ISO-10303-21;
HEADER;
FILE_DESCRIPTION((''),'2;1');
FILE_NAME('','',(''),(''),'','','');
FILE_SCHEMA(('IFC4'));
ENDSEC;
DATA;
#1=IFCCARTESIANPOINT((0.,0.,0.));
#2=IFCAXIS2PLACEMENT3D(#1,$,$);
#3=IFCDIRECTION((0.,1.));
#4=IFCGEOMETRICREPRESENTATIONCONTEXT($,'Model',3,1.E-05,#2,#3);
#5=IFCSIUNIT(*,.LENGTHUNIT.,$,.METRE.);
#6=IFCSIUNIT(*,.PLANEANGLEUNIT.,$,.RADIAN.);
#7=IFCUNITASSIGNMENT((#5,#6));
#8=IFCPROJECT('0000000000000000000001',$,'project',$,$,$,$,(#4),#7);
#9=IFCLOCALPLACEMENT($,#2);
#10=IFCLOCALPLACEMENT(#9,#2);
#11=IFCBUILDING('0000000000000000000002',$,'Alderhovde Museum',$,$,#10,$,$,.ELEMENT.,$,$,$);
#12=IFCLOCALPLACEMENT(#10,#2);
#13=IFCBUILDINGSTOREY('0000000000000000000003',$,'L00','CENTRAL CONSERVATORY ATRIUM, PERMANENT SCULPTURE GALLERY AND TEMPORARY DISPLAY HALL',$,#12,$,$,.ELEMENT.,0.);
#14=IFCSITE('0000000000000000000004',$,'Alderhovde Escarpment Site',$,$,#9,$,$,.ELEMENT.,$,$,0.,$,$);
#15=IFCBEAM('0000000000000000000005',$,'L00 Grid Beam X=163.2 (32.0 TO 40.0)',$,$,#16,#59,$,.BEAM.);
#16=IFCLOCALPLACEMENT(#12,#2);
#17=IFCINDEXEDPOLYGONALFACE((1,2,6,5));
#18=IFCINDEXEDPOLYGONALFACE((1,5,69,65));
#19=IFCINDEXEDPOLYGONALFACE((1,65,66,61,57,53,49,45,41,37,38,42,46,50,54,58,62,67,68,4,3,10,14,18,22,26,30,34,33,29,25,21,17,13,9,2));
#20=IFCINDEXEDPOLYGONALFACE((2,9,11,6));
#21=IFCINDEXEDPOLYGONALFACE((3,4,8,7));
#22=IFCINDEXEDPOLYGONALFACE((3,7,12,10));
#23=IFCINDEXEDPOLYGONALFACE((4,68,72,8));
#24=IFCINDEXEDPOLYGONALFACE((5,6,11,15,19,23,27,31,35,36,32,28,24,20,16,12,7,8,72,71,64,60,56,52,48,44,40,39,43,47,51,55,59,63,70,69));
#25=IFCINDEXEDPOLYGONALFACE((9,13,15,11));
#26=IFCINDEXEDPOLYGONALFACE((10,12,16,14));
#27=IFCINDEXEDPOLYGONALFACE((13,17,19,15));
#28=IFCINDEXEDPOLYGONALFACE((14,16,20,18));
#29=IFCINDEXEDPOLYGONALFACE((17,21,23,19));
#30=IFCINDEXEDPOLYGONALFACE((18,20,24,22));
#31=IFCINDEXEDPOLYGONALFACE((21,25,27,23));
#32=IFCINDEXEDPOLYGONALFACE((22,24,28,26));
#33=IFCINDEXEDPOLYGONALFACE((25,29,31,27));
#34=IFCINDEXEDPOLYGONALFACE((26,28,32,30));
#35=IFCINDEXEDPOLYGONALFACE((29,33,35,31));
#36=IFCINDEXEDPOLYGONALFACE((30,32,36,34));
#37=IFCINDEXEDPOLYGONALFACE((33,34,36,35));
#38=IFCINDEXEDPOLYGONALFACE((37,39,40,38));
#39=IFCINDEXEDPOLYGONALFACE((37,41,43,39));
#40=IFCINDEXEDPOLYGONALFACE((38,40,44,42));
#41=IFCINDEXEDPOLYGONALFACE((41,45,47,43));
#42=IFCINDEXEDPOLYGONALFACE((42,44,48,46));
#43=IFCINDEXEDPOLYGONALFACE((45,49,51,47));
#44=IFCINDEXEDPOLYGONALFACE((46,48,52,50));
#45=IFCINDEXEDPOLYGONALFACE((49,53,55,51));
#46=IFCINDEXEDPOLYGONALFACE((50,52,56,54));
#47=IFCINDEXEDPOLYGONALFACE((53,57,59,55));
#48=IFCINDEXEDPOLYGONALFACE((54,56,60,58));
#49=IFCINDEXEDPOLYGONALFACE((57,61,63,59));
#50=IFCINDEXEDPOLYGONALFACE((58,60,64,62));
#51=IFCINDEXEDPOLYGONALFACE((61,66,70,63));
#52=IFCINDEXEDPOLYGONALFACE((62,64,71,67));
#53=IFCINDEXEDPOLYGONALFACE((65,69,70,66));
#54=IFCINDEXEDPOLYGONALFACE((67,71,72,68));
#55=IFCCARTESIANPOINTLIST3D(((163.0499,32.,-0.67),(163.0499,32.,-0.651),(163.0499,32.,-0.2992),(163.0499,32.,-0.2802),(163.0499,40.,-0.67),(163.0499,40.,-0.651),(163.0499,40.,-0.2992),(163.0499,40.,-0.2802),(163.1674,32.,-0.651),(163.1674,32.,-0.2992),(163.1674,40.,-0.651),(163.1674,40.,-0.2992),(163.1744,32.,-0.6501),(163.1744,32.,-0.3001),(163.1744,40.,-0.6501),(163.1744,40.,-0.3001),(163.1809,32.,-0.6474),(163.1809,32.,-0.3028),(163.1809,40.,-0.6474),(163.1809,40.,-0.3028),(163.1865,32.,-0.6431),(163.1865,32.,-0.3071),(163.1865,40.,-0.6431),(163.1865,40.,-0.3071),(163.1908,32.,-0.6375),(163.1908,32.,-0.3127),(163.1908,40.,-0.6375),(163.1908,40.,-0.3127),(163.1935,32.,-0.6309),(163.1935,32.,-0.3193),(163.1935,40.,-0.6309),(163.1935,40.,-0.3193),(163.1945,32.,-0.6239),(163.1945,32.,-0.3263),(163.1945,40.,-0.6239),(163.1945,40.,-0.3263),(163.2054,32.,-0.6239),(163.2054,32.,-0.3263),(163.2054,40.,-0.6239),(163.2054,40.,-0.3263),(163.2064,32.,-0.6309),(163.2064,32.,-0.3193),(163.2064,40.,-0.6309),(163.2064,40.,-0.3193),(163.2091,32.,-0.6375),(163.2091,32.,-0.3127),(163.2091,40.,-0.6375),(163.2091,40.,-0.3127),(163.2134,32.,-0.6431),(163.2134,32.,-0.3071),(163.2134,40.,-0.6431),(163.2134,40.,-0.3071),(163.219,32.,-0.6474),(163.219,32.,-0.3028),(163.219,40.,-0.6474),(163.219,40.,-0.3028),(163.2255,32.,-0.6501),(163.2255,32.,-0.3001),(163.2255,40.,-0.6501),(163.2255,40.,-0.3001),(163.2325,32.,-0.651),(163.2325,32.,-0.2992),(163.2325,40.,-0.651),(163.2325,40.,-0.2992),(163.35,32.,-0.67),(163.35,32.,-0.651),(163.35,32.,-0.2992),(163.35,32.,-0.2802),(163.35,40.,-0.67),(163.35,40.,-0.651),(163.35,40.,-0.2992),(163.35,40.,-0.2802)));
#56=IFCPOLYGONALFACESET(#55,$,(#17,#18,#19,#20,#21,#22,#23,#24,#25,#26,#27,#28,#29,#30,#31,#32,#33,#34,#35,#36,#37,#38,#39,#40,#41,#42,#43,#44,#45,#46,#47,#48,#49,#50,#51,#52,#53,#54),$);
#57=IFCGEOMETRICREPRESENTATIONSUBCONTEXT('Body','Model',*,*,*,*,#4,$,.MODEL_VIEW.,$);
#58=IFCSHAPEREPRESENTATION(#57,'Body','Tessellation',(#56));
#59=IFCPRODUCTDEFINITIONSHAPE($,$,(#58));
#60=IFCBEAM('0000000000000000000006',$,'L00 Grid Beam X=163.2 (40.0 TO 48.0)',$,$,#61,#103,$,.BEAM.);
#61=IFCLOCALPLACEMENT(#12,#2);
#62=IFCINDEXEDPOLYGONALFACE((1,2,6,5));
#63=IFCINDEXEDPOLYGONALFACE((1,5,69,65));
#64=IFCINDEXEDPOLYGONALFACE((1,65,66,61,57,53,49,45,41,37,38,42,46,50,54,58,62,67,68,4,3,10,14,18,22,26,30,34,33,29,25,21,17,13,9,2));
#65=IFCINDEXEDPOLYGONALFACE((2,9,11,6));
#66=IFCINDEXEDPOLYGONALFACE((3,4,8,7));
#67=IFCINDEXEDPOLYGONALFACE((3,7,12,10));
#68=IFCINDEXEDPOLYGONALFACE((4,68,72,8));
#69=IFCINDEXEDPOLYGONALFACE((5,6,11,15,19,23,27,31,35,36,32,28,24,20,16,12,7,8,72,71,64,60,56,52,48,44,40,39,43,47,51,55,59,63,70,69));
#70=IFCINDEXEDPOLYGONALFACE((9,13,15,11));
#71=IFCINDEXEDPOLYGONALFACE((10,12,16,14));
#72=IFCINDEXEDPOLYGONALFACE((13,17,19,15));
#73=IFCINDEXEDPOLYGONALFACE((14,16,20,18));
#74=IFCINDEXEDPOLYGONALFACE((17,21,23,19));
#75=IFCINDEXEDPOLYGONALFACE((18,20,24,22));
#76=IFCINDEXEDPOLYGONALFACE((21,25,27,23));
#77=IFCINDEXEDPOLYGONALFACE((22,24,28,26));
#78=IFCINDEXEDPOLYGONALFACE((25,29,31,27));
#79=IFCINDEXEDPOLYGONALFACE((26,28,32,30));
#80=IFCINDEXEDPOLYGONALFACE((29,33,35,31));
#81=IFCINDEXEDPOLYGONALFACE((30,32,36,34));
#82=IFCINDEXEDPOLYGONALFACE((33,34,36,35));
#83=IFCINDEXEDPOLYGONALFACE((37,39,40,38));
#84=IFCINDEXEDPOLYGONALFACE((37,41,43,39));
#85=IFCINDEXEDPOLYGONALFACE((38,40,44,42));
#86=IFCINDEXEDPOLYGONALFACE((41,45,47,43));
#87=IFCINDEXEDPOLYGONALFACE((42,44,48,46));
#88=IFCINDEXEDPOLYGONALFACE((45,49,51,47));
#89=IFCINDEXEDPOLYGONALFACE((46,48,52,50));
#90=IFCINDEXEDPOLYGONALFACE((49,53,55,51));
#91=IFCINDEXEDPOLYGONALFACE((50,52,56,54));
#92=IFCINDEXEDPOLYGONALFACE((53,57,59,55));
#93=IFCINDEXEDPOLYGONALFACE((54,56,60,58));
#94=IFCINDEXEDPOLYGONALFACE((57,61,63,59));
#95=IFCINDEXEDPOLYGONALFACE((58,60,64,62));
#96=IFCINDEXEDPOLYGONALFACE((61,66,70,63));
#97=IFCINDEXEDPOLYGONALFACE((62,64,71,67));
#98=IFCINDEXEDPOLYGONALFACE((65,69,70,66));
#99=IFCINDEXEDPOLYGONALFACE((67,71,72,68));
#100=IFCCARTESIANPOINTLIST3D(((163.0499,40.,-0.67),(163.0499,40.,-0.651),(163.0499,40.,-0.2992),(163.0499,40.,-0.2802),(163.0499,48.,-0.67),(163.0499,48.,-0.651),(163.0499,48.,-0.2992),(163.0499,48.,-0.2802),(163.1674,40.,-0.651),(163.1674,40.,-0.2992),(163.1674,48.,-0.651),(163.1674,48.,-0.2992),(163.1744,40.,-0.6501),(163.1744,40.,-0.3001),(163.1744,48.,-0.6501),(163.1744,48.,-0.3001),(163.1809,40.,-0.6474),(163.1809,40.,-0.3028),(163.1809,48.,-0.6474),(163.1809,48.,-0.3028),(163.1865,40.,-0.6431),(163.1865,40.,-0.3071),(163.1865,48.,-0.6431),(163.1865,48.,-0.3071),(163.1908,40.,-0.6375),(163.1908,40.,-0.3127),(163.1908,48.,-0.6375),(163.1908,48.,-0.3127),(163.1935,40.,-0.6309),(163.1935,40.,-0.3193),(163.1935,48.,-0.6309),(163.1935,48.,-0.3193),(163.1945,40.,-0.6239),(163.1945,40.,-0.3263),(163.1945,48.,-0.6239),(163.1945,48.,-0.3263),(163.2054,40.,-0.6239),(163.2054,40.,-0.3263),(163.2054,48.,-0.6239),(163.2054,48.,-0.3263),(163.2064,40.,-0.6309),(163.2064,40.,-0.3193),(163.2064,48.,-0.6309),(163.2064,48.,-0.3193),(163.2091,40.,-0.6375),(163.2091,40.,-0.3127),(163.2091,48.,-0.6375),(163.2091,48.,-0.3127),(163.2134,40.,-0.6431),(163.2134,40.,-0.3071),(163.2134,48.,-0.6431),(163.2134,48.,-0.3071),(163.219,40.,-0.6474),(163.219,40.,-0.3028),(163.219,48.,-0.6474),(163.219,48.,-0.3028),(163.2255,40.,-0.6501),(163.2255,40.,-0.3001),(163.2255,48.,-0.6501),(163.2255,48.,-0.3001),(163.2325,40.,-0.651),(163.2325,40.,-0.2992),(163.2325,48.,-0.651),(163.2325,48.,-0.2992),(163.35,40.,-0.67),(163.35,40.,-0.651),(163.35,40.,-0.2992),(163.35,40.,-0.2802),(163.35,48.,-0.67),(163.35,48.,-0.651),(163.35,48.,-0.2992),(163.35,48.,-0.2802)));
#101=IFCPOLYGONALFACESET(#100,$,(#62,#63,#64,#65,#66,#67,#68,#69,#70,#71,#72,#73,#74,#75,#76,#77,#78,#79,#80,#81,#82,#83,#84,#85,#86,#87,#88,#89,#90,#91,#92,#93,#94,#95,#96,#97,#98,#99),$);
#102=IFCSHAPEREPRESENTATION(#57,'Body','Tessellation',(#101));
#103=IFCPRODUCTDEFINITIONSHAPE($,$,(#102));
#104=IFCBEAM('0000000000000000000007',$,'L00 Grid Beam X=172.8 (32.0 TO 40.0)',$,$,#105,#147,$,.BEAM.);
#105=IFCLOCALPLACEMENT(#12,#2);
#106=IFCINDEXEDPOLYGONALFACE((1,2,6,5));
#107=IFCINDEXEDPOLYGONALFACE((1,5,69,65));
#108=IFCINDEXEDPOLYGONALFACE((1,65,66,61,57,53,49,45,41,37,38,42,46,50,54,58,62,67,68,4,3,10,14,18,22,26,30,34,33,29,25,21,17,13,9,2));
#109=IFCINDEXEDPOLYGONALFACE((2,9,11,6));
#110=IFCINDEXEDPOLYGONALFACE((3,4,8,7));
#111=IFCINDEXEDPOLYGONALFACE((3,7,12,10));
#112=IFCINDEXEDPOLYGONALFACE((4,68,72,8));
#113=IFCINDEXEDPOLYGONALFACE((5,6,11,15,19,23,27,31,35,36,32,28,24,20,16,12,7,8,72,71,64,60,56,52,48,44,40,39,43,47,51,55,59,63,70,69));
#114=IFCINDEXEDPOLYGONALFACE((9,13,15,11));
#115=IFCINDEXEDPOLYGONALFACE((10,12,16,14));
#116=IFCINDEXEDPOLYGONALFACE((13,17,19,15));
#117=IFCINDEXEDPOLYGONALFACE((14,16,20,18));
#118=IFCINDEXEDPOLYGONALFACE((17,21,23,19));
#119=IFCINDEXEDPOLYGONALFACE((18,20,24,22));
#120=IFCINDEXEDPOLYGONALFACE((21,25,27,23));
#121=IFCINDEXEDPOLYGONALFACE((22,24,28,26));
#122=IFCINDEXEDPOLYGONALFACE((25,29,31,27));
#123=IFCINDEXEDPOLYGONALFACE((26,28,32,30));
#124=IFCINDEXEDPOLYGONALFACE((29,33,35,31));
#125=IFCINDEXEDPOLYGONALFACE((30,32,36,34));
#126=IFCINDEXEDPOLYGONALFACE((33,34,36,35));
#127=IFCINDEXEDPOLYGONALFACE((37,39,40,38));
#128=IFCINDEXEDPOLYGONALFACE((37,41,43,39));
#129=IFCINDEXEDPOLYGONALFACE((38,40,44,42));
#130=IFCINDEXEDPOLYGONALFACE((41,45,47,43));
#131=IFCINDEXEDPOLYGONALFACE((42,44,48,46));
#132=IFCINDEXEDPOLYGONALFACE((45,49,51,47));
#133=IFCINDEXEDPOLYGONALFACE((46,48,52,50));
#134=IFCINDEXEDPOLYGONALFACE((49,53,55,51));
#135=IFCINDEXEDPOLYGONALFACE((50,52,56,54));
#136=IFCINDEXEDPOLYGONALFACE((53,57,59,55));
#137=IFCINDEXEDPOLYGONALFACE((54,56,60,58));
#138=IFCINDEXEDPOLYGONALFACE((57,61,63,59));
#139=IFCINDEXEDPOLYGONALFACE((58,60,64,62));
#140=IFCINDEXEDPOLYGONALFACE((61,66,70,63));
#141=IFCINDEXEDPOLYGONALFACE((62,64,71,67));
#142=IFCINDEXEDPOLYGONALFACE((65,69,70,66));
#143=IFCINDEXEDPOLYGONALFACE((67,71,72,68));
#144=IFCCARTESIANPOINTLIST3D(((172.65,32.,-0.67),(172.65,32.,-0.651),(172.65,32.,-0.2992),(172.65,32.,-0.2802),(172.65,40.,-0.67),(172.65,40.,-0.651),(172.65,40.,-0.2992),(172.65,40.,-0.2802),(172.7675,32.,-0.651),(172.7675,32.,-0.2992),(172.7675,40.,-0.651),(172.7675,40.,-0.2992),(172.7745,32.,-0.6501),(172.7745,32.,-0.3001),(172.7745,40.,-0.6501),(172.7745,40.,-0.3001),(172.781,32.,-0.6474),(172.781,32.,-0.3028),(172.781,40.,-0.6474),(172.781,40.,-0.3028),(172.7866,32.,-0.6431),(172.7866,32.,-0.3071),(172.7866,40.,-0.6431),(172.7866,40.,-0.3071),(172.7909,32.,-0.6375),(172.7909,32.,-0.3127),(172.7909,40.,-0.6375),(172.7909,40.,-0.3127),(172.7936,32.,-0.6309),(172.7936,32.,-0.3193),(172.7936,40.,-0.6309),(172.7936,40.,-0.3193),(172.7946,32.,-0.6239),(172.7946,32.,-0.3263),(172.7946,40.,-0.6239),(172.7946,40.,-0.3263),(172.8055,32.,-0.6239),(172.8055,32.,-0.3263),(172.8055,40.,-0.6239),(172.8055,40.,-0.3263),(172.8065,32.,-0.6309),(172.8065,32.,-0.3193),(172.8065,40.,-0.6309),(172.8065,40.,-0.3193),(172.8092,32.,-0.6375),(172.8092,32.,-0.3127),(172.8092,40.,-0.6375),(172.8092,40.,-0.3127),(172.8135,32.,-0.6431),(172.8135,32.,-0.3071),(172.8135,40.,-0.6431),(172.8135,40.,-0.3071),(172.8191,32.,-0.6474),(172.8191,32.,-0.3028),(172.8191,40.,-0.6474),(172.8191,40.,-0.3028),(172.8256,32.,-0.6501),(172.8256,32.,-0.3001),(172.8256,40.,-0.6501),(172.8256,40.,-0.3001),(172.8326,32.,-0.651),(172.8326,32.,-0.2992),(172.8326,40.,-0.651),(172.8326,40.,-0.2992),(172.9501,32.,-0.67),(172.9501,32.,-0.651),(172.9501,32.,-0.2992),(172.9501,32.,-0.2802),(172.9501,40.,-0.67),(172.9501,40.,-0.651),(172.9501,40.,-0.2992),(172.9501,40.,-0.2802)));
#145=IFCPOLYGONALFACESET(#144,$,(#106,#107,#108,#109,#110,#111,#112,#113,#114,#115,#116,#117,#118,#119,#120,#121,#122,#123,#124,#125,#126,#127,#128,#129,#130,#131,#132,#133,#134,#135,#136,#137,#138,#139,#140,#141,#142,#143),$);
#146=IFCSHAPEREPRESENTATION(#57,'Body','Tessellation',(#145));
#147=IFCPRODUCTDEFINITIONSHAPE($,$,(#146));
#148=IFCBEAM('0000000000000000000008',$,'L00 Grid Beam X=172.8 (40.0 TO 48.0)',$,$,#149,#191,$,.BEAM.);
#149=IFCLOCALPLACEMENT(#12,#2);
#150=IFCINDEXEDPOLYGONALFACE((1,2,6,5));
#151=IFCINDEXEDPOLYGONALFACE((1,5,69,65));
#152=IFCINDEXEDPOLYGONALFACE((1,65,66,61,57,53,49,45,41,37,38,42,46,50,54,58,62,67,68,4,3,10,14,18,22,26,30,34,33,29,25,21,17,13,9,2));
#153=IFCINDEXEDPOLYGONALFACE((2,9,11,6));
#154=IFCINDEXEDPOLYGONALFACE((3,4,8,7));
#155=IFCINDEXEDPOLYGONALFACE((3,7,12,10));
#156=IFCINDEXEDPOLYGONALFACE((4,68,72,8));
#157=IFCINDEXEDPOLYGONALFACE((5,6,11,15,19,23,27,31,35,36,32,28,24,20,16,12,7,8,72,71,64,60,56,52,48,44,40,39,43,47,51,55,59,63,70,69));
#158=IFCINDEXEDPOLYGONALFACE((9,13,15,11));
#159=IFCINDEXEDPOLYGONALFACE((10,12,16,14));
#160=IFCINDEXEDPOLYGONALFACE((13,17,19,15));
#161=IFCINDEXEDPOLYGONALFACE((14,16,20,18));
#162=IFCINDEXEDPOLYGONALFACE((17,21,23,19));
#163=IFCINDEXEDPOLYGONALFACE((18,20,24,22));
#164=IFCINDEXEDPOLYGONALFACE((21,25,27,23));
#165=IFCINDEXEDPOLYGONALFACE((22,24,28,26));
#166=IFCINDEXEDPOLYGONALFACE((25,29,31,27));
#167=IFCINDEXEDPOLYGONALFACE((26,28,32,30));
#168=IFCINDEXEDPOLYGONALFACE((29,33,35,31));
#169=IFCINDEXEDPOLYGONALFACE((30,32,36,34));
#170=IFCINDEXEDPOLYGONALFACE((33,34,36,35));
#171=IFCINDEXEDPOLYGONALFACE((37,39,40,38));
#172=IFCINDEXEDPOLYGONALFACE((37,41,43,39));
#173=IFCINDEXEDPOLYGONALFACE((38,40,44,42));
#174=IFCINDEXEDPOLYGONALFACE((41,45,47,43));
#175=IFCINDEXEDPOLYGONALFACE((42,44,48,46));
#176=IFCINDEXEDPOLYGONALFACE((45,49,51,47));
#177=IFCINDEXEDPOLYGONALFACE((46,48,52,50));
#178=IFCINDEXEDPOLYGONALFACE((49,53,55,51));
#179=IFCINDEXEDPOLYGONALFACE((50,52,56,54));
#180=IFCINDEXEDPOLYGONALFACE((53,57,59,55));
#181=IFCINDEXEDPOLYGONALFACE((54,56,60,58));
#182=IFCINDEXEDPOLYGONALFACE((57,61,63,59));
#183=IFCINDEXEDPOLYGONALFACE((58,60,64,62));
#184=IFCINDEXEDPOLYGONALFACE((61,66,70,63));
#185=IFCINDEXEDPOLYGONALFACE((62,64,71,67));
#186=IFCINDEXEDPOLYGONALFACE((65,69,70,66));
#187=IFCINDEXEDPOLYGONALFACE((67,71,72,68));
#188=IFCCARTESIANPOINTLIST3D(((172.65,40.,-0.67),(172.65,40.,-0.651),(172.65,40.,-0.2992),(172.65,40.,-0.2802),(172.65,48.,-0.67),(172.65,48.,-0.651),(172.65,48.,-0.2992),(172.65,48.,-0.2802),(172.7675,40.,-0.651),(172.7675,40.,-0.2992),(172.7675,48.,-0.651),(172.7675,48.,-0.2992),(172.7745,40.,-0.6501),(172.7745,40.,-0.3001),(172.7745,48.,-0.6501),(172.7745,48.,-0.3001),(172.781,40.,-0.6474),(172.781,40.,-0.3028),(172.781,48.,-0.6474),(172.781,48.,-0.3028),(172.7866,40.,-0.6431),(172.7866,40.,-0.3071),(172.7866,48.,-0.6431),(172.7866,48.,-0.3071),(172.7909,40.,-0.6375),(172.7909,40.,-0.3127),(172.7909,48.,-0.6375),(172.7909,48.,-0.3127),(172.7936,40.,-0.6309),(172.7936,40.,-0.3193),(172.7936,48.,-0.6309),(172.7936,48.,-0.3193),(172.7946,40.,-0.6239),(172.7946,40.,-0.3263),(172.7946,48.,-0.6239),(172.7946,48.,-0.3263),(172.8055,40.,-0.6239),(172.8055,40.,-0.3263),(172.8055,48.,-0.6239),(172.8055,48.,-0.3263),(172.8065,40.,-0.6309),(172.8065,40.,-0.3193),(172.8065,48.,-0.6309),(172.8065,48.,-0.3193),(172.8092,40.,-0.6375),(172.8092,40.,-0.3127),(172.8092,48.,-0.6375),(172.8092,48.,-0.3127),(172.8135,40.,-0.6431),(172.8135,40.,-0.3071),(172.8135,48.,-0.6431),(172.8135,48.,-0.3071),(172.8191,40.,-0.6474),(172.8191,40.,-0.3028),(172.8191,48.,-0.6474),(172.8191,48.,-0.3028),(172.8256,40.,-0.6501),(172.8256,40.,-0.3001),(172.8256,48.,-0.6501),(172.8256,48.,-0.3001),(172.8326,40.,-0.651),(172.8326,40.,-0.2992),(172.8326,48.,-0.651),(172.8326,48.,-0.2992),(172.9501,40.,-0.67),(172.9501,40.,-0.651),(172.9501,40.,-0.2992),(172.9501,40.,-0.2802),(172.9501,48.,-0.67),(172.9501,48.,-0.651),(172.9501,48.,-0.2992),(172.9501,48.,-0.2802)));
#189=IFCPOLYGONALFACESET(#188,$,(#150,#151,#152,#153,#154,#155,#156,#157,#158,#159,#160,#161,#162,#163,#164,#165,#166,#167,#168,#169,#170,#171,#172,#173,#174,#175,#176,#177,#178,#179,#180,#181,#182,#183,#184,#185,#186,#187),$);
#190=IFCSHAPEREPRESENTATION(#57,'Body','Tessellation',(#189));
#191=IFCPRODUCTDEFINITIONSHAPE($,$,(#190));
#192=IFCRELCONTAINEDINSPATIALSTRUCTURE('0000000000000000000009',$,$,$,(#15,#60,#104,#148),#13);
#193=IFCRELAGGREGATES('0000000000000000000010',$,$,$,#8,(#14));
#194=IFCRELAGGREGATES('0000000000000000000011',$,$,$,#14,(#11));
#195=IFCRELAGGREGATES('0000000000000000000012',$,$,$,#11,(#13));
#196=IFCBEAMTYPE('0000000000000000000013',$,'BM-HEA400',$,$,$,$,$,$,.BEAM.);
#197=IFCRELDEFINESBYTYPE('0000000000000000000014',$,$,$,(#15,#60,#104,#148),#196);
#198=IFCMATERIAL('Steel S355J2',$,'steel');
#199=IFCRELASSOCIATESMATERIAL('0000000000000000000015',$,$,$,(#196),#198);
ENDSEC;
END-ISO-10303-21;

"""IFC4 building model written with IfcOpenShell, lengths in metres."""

from ifc_helpers import new_model, si_unit, direction, frame, origin, origin_2d, place, context, subcontext, project, spatial, i_section, extrude, material, material_profile, profile_set, type_object, element, save


model = new_model("IFC4")

# Units and contexts
model_context = context("Model", 3, precision=1e-05, world=origin(), true_north=direction((0.0, 1.0)))
body_context = subcontext(model_context, "Body", "Model", "MODEL_VIEW")
ifc_project = project(units=[si_unit("LENGTHUNIT", "METRE"), si_unit("PLANEANGLEUNIT", "RADIAN")], contexts=[model_context])

# Site, building, storey
site_placement = place(None, origin())
site = spatial("IfcSite", under=ifc_project, at=site_placement, Name="Alderhovde Escarpment Site", CompositionType="ELEMENT", RefElevation=0.0)
building_placement = place(site_placement, origin())
building = spatial("IfcBuilding", under=site, at=building_placement, Name="Alderhovde Museum", CompositionType="ELEMENT")
storey_placement = place(building_placement, origin())
storey = spatial("IfcBuildingStorey", under=building, at=storey_placement, Name="L00", Description="CENTRAL CONSERVATORY ATRIUM, PERMANENT SCULPTURE GALLERY AND TEMPORARY DISPLAY HALL", CompositionType="ELEMENT", Elevation=0.0)

# Beams
ifc_material_1 = material(Name="Steel S355J2", Category="steel")
ifc_material_profile_1 = material_profile(ifc_material_1, i_section(OverallWidth=0.3, OverallDepth=0.3899, WebThickness=0.011, FlangeThickness=0.019, FilletRadius=0.0271, at=origin_2d()), Name="HEA 400")
ifc_profile_set_1 = profile_set([ifc_material_profile_1], Name="Steel S355J2")
beam_type_1 = type_object("IfcBeamType", Name="BM-HEA400", PredefinedType="BEAM", material=ifc_profile_set_1)
for number, where, z_axis, x_axis, name in (
    (1, (163.2, 32.0, -0.4751), (0.0, 1.0, 0.0), (-1.0, 0.0, 0.0), "L00 Grid Beam X=163.2 (32.0 TO 40.0)"),
    (2, (163.2, 40.0, -0.4751), (0.0, 1.0, 0.0), (-1.0, 0.0, 0.0), "L00 Grid Beam X=163.2 (40.0 TO 48.0)"),
    (3, (172.8, 32.0, -0.4751), (0.0, 1.0, 0.0), (-1.0, 0.0, 0.0), "L00 Grid Beam X=172.8 (32.0 TO 40.0)"),
    (4, (172.8, 40.0, -0.4751), (0.0, 1.0, 0.0), (-1.0, 0.0, 0.0), "L00 Grid Beam X=172.8 (40.0 TO 48.0)"),
):
    element("IfcBeam", number, at=place(storey_placement, frame(where, z_axis=z_axis, x_axis=x_axis)), inside=storey, type_object=beam_type_1, Name=name, PredefinedType="BEAM", context=body_context, shape_type="SweptSolid", body=[
        extrude(i_section(OverallWidth=0.3, OverallDepth=0.3899, WebThickness=0.011, FlangeThickness=0.019, FilletRadius=0.0271, at=origin_2d()), origin(), (0.0, 0.0, 1.0), 8.0),
    ])

save(model, "model.ifc")
